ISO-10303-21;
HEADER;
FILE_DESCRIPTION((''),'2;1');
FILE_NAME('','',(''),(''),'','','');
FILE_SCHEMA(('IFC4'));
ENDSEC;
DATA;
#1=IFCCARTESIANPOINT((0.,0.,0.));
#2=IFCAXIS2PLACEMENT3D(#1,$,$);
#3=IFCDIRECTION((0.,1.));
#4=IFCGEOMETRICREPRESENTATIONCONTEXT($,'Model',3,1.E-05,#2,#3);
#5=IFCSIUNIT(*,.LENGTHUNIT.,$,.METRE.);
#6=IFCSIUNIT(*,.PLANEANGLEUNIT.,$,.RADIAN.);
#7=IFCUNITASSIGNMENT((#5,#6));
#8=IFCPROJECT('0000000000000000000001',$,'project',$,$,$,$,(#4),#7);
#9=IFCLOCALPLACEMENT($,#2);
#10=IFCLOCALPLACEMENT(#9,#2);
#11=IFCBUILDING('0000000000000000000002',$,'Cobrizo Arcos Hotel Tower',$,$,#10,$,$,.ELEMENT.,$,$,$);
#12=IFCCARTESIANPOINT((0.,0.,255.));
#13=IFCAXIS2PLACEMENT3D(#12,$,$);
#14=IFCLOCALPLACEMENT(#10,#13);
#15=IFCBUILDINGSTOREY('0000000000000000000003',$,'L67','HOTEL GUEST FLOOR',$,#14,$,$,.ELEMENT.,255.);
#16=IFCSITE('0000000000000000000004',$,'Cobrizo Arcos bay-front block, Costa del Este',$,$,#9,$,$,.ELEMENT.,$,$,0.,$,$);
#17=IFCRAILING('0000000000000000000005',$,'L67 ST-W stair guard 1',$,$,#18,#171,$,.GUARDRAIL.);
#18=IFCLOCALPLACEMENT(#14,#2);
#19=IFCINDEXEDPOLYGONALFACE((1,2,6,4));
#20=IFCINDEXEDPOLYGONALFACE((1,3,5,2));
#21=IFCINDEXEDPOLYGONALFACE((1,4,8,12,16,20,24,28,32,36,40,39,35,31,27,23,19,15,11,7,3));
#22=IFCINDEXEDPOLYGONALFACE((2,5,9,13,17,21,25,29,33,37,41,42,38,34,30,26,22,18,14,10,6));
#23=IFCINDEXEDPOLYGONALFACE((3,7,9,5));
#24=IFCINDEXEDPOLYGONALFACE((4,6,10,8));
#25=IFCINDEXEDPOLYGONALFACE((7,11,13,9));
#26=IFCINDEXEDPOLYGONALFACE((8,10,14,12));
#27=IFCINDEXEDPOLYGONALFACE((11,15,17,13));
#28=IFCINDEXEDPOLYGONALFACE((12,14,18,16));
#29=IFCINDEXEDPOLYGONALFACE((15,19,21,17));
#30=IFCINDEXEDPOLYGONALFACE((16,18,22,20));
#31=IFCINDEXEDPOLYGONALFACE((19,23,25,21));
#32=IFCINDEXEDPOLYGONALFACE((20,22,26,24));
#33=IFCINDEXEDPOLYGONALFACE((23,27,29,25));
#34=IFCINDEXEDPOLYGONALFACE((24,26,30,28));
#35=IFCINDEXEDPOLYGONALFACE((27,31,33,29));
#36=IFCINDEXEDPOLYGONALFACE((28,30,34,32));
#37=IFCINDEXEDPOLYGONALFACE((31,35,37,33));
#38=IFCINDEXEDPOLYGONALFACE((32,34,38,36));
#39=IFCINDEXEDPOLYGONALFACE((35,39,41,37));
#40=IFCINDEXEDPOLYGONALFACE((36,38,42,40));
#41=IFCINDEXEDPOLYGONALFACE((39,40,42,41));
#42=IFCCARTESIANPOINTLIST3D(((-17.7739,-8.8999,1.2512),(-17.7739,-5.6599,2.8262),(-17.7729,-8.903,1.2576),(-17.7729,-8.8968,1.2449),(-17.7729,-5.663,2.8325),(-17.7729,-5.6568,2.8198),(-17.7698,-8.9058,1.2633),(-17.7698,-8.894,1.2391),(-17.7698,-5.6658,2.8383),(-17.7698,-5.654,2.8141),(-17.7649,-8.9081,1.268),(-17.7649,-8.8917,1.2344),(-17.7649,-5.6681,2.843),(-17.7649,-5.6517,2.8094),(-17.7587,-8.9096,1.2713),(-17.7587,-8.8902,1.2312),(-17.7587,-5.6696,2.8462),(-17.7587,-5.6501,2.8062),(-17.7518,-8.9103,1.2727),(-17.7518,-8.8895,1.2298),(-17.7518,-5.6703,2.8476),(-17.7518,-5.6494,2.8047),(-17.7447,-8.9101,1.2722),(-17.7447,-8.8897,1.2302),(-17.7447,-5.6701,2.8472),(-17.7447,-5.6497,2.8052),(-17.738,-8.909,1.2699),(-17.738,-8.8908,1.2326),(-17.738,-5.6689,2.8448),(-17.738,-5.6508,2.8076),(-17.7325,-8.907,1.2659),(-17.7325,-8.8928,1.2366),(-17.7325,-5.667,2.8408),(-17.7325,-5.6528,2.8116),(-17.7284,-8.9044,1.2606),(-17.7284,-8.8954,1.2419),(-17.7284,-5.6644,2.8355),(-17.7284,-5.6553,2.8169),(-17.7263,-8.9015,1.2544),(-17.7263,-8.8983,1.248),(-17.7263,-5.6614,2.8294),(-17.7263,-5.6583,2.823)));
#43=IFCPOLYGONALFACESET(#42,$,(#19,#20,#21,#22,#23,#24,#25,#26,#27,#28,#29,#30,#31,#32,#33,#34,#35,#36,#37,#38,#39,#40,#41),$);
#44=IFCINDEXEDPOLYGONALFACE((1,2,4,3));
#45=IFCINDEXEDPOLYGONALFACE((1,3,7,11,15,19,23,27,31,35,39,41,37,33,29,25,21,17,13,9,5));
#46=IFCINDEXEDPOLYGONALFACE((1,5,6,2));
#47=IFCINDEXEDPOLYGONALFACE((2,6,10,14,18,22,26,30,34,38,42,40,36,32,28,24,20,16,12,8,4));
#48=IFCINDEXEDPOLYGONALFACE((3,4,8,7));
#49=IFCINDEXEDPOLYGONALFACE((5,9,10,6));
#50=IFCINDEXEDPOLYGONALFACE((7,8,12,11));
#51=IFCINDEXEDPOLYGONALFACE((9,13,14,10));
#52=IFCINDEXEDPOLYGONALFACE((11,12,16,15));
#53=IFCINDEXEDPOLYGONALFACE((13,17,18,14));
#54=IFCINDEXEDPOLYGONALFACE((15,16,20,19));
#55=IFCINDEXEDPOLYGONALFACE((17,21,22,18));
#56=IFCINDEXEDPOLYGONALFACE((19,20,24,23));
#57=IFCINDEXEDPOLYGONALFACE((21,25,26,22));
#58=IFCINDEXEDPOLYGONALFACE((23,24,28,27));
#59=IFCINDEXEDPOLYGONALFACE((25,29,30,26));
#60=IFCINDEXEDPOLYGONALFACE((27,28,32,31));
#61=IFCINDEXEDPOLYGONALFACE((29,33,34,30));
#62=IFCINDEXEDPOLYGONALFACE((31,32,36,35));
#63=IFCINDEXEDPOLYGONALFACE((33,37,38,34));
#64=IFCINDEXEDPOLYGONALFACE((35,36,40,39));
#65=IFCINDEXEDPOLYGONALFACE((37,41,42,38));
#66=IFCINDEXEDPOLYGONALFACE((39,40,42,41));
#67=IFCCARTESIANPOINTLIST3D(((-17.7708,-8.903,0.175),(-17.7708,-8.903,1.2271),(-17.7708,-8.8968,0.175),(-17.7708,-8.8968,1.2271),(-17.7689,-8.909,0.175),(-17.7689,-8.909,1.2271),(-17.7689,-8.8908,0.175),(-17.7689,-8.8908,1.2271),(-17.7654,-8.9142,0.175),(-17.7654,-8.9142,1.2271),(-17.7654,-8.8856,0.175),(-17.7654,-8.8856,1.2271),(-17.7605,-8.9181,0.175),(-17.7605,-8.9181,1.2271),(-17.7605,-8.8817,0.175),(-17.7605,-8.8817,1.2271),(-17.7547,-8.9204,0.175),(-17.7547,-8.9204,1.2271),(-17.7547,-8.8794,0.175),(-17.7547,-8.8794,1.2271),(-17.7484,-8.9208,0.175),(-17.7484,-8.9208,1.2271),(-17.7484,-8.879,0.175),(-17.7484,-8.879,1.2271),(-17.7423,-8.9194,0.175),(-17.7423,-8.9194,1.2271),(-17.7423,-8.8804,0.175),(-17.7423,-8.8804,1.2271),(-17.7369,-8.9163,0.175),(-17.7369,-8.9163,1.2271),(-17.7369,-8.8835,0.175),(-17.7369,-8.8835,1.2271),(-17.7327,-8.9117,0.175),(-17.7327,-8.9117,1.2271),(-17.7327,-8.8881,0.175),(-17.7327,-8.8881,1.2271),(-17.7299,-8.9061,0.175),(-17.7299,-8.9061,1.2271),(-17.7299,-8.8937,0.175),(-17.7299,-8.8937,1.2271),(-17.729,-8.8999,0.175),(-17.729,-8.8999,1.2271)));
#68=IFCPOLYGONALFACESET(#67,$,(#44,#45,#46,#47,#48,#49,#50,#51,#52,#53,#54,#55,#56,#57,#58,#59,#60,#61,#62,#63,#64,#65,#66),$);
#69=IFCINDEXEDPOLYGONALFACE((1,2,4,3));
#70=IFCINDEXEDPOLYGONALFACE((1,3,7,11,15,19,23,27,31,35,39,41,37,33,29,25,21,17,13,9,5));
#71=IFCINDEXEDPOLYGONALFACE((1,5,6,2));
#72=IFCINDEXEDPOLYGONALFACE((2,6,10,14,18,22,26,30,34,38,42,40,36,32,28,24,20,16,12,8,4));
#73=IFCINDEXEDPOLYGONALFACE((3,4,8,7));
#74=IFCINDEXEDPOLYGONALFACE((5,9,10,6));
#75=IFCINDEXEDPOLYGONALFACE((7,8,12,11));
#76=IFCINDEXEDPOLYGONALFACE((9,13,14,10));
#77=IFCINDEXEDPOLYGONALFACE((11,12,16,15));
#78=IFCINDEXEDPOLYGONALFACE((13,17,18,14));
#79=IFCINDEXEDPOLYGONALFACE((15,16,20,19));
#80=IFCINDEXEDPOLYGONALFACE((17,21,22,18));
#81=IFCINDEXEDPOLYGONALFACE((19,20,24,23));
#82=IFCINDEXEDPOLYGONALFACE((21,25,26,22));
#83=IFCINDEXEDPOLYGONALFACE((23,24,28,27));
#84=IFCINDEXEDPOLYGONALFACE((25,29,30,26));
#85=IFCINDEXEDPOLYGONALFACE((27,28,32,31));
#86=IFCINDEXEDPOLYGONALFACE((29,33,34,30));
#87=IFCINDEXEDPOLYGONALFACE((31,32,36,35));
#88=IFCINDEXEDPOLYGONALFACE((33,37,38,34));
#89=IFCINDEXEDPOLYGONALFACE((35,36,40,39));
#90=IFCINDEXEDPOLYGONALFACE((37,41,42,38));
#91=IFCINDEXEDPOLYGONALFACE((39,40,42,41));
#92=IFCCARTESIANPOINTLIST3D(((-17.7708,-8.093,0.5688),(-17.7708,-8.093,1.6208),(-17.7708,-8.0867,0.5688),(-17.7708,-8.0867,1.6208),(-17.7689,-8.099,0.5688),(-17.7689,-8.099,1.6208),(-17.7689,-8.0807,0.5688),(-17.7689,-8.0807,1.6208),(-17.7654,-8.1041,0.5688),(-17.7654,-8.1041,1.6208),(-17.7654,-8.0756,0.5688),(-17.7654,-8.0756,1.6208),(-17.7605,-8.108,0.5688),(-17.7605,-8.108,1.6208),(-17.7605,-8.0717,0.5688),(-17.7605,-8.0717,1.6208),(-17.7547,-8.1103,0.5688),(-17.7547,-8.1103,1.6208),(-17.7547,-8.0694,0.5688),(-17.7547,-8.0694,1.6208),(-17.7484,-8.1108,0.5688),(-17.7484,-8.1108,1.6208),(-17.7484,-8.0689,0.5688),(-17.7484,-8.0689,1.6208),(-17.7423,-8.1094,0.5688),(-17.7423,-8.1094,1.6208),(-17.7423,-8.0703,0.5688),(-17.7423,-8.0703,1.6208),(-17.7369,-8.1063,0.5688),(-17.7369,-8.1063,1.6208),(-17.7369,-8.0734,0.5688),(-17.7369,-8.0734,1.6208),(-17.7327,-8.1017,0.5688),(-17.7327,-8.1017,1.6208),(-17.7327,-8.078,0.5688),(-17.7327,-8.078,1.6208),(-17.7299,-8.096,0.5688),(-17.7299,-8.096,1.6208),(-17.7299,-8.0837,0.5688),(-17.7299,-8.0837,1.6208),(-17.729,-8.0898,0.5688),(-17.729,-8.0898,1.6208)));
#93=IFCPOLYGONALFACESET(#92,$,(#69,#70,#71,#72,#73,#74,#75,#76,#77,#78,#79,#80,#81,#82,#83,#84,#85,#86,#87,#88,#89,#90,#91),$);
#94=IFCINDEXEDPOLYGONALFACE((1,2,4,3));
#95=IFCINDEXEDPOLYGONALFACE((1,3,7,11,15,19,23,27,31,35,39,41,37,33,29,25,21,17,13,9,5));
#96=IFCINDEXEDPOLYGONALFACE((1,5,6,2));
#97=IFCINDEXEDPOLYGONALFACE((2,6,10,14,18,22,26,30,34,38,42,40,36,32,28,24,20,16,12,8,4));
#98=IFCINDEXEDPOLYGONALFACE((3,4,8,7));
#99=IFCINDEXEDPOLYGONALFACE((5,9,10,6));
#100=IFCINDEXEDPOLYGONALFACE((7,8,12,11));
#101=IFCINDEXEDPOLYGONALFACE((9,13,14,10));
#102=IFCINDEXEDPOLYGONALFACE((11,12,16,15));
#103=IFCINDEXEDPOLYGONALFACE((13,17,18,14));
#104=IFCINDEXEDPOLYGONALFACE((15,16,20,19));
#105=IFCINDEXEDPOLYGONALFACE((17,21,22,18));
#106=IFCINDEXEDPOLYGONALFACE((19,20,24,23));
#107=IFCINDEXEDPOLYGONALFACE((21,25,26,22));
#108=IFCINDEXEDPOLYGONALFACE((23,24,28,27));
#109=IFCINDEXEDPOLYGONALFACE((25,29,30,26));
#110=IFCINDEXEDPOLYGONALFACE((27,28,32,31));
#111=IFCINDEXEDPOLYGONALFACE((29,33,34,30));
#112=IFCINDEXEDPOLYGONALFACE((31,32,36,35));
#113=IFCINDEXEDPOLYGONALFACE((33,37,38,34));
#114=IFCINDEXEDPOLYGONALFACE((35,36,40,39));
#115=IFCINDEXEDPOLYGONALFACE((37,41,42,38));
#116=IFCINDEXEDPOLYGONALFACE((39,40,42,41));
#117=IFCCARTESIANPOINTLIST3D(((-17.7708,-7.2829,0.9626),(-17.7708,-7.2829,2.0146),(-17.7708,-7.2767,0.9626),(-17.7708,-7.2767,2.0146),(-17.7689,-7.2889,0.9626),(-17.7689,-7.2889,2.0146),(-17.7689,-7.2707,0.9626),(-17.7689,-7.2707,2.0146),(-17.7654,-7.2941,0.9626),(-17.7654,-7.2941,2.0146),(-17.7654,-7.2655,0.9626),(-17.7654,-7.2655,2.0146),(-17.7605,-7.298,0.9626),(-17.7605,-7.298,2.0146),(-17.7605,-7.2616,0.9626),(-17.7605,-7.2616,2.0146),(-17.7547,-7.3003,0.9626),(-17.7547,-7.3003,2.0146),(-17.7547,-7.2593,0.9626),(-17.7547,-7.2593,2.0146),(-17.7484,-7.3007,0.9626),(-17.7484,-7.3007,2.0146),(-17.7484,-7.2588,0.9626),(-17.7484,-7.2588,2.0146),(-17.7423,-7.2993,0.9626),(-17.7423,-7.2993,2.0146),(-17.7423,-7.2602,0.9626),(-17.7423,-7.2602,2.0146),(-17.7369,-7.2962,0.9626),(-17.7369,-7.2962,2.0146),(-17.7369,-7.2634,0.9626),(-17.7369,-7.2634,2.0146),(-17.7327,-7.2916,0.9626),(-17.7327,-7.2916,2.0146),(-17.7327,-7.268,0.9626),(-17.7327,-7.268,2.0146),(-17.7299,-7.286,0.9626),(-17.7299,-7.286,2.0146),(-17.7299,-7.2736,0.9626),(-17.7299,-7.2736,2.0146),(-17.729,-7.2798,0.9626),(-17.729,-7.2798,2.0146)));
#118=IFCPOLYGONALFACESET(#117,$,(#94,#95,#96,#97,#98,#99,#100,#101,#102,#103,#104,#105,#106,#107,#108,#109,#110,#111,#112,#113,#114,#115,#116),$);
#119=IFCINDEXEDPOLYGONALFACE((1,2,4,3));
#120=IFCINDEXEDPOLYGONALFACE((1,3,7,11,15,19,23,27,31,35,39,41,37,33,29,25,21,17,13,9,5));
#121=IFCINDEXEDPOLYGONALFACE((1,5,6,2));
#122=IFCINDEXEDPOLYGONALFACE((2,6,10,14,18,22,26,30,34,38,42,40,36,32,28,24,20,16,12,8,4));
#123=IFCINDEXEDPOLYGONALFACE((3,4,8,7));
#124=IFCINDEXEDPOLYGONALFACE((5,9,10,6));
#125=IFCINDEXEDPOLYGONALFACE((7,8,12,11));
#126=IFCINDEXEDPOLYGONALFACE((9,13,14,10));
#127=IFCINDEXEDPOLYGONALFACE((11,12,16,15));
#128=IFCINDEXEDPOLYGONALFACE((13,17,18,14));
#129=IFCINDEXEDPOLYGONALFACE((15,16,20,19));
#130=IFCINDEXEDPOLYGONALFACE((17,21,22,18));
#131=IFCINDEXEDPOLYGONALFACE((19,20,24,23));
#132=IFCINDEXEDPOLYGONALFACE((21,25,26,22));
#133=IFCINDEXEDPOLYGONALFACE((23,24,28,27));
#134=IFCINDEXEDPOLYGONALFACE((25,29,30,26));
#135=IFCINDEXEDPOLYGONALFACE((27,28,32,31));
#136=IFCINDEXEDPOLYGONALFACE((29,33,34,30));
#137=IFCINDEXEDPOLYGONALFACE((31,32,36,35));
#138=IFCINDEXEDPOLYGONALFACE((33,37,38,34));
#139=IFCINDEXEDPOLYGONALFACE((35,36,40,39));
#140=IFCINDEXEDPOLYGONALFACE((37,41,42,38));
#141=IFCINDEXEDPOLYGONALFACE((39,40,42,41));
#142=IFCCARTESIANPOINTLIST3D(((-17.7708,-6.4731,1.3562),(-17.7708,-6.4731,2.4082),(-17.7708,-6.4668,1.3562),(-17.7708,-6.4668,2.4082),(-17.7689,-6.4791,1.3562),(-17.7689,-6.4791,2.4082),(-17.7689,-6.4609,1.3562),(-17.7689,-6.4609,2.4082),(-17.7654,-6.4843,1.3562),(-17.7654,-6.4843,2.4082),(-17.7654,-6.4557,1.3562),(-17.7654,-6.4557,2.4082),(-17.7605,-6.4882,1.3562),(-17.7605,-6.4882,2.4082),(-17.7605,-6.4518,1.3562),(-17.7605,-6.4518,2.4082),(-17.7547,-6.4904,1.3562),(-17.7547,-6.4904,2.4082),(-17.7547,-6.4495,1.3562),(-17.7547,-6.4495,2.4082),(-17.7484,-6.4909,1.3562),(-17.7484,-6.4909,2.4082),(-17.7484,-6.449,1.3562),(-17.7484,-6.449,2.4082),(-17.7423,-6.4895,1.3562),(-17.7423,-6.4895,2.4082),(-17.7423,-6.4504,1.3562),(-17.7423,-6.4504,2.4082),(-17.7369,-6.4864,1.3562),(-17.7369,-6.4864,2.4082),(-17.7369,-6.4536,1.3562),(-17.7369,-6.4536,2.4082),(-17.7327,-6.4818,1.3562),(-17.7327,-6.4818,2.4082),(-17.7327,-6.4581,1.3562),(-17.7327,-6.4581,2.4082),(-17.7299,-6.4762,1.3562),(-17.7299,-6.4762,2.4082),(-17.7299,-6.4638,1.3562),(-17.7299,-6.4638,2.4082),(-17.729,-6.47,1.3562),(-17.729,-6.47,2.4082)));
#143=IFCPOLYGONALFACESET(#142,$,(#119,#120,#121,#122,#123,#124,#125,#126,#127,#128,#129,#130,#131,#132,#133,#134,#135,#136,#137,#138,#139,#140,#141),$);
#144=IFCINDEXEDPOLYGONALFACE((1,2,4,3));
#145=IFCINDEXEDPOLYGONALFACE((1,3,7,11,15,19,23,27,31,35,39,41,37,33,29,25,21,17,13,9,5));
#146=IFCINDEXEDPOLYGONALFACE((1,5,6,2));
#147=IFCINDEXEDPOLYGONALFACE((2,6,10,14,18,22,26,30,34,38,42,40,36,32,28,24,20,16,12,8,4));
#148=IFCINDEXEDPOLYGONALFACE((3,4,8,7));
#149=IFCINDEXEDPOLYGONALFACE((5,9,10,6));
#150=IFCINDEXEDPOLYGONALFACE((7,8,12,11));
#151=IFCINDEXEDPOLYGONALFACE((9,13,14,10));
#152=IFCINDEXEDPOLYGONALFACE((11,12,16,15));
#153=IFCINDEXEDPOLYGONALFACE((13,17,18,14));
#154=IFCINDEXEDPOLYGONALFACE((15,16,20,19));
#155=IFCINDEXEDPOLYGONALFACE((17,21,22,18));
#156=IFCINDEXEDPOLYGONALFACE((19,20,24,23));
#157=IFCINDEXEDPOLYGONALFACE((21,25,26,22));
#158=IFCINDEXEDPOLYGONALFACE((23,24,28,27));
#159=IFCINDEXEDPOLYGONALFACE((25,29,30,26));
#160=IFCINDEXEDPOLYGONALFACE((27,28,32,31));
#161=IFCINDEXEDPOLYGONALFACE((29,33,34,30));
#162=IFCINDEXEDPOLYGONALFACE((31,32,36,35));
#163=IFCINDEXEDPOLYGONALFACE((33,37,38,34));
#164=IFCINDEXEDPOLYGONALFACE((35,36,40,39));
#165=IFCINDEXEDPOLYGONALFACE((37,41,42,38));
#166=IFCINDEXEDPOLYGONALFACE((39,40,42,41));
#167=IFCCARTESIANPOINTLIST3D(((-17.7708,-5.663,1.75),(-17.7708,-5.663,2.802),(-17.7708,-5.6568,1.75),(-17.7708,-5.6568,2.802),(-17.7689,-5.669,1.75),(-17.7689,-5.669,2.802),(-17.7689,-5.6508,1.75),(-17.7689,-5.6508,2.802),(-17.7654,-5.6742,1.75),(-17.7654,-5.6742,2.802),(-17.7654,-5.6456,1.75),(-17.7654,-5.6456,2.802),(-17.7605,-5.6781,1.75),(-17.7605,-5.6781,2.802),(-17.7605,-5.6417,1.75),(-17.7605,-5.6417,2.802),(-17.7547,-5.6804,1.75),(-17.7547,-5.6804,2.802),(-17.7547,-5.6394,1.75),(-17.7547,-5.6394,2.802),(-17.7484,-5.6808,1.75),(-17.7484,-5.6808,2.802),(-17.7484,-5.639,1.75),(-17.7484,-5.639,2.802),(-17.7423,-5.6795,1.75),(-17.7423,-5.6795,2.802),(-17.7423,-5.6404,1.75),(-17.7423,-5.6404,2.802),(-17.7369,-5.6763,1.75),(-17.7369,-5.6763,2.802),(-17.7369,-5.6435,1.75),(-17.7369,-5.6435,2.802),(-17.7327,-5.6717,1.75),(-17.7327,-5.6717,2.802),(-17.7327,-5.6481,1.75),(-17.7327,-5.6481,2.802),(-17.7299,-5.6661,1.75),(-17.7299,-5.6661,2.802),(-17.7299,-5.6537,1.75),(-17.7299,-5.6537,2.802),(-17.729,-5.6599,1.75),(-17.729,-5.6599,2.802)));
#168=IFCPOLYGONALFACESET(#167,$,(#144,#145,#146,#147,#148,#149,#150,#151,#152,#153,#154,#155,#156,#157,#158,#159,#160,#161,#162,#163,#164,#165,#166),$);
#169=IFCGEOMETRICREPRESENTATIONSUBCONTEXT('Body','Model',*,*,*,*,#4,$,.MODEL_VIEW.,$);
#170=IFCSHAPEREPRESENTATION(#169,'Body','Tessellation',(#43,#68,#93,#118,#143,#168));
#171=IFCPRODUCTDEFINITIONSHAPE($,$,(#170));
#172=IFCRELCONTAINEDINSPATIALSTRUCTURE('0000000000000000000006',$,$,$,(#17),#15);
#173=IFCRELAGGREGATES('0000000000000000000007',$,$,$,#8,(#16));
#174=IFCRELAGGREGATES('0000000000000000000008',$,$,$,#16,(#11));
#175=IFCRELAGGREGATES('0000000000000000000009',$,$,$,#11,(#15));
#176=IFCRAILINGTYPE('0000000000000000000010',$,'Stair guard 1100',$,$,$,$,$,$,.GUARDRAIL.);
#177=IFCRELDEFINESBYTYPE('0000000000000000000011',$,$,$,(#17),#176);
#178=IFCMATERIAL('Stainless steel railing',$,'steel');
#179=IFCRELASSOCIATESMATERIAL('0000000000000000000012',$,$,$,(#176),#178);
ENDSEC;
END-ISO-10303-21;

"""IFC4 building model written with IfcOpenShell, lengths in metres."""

from ifc_helpers import new_model, si_unit, direction, frame, origin, origin_2d, place, context, subcontext, project, spatial, circle, extrude, material, type_object, element, save


model = new_model("IFC4")

# Units and contexts
model_context = context("Model", 3, precision=1e-05, world=origin(), true_north=direction((0.0, 1.0)))
body_context = subcontext(model_context, "Body", "Model", "MODEL_VIEW")
ifc_project = project(units=[si_unit("LENGTHUNIT", "METRE"), si_unit("PLANEANGLEUNIT", "RADIAN")], contexts=[model_context])

# Site, building, storey
site_placement = place(None, origin())
site = spatial("IfcSite", under=ifc_project, at=site_placement, Name="Cobrizo Arcos bay-front block, Costa del Este", CompositionType="ELEMENT", RefElevation=0.0)
building_placement = place(site_placement, origin())
building = spatial("IfcBuilding", under=site, at=building_placement, Name="Cobrizo Arcos Hotel Tower", CompositionType="ELEMENT")
storey_placement = place(building_placement, frame((0.0, 0.0, 255.0)))
storey = spatial("IfcBuildingStorey", under=building, at=storey_placement, Name="L67", Description="HOTEL GUEST FLOOR", CompositionType="ELEMENT", Elevation=255.0)

# Railing
ifc_material_1 = material(Name="Stainless steel railing", Category="steel")
railing_type_1 = type_object("IfcRailingType", Name="Stair guard 1100", PredefinedType="GUARDRAIL", material=ifc_material_1)
railing_1_placement = place(storey_placement, frame((-17.75, -8.8999, 0.175)))
element("IfcRailing", 1, at=railing_1_placement, inside=storey, type_object=railing_type_1, Name="L67 ST-W stair guard 1", PredefinedType="GUARDRAIL", context=body_context, shape_type="SweptSolid", body=[
    extrude(circle(Radius=0.0239, at=origin_2d()), frame((0.0, 0.0, 1.0762), z_axis=(0.0, 0.899373, 0.437183), x_axis=(-1.0, 0.0, 0.0)), (0.0, 0.0, 1.0), 3.6025),
    extrude(circle(Radius=0.021, at=origin_2d()), origin(), (0.0, 0.0, 1.0), 1.052),
    extrude(circle(Radius=0.021, at=origin_2d()), frame((0.0, 0.8101, 0.3938)), (0.0, 0.0, 1.0), 1.052),
    extrude(circle(Radius=0.021, at=origin_2d()), frame((0.0, 1.6201, 0.7876)), (0.0, 0.0, 1.0), 1.052),
    extrude(circle(Radius=0.021, at=origin_2d()), frame((0.0, 2.4299, 1.1812)), (0.0, 0.0, 1.0), 1.052),
    extrude(circle(Radius=0.021, at=origin_2d()), frame((0.0, 3.24, 1.575)), (0.0, 0.0, 1.0), 1.052),
])

save(model, "model.ifc")
